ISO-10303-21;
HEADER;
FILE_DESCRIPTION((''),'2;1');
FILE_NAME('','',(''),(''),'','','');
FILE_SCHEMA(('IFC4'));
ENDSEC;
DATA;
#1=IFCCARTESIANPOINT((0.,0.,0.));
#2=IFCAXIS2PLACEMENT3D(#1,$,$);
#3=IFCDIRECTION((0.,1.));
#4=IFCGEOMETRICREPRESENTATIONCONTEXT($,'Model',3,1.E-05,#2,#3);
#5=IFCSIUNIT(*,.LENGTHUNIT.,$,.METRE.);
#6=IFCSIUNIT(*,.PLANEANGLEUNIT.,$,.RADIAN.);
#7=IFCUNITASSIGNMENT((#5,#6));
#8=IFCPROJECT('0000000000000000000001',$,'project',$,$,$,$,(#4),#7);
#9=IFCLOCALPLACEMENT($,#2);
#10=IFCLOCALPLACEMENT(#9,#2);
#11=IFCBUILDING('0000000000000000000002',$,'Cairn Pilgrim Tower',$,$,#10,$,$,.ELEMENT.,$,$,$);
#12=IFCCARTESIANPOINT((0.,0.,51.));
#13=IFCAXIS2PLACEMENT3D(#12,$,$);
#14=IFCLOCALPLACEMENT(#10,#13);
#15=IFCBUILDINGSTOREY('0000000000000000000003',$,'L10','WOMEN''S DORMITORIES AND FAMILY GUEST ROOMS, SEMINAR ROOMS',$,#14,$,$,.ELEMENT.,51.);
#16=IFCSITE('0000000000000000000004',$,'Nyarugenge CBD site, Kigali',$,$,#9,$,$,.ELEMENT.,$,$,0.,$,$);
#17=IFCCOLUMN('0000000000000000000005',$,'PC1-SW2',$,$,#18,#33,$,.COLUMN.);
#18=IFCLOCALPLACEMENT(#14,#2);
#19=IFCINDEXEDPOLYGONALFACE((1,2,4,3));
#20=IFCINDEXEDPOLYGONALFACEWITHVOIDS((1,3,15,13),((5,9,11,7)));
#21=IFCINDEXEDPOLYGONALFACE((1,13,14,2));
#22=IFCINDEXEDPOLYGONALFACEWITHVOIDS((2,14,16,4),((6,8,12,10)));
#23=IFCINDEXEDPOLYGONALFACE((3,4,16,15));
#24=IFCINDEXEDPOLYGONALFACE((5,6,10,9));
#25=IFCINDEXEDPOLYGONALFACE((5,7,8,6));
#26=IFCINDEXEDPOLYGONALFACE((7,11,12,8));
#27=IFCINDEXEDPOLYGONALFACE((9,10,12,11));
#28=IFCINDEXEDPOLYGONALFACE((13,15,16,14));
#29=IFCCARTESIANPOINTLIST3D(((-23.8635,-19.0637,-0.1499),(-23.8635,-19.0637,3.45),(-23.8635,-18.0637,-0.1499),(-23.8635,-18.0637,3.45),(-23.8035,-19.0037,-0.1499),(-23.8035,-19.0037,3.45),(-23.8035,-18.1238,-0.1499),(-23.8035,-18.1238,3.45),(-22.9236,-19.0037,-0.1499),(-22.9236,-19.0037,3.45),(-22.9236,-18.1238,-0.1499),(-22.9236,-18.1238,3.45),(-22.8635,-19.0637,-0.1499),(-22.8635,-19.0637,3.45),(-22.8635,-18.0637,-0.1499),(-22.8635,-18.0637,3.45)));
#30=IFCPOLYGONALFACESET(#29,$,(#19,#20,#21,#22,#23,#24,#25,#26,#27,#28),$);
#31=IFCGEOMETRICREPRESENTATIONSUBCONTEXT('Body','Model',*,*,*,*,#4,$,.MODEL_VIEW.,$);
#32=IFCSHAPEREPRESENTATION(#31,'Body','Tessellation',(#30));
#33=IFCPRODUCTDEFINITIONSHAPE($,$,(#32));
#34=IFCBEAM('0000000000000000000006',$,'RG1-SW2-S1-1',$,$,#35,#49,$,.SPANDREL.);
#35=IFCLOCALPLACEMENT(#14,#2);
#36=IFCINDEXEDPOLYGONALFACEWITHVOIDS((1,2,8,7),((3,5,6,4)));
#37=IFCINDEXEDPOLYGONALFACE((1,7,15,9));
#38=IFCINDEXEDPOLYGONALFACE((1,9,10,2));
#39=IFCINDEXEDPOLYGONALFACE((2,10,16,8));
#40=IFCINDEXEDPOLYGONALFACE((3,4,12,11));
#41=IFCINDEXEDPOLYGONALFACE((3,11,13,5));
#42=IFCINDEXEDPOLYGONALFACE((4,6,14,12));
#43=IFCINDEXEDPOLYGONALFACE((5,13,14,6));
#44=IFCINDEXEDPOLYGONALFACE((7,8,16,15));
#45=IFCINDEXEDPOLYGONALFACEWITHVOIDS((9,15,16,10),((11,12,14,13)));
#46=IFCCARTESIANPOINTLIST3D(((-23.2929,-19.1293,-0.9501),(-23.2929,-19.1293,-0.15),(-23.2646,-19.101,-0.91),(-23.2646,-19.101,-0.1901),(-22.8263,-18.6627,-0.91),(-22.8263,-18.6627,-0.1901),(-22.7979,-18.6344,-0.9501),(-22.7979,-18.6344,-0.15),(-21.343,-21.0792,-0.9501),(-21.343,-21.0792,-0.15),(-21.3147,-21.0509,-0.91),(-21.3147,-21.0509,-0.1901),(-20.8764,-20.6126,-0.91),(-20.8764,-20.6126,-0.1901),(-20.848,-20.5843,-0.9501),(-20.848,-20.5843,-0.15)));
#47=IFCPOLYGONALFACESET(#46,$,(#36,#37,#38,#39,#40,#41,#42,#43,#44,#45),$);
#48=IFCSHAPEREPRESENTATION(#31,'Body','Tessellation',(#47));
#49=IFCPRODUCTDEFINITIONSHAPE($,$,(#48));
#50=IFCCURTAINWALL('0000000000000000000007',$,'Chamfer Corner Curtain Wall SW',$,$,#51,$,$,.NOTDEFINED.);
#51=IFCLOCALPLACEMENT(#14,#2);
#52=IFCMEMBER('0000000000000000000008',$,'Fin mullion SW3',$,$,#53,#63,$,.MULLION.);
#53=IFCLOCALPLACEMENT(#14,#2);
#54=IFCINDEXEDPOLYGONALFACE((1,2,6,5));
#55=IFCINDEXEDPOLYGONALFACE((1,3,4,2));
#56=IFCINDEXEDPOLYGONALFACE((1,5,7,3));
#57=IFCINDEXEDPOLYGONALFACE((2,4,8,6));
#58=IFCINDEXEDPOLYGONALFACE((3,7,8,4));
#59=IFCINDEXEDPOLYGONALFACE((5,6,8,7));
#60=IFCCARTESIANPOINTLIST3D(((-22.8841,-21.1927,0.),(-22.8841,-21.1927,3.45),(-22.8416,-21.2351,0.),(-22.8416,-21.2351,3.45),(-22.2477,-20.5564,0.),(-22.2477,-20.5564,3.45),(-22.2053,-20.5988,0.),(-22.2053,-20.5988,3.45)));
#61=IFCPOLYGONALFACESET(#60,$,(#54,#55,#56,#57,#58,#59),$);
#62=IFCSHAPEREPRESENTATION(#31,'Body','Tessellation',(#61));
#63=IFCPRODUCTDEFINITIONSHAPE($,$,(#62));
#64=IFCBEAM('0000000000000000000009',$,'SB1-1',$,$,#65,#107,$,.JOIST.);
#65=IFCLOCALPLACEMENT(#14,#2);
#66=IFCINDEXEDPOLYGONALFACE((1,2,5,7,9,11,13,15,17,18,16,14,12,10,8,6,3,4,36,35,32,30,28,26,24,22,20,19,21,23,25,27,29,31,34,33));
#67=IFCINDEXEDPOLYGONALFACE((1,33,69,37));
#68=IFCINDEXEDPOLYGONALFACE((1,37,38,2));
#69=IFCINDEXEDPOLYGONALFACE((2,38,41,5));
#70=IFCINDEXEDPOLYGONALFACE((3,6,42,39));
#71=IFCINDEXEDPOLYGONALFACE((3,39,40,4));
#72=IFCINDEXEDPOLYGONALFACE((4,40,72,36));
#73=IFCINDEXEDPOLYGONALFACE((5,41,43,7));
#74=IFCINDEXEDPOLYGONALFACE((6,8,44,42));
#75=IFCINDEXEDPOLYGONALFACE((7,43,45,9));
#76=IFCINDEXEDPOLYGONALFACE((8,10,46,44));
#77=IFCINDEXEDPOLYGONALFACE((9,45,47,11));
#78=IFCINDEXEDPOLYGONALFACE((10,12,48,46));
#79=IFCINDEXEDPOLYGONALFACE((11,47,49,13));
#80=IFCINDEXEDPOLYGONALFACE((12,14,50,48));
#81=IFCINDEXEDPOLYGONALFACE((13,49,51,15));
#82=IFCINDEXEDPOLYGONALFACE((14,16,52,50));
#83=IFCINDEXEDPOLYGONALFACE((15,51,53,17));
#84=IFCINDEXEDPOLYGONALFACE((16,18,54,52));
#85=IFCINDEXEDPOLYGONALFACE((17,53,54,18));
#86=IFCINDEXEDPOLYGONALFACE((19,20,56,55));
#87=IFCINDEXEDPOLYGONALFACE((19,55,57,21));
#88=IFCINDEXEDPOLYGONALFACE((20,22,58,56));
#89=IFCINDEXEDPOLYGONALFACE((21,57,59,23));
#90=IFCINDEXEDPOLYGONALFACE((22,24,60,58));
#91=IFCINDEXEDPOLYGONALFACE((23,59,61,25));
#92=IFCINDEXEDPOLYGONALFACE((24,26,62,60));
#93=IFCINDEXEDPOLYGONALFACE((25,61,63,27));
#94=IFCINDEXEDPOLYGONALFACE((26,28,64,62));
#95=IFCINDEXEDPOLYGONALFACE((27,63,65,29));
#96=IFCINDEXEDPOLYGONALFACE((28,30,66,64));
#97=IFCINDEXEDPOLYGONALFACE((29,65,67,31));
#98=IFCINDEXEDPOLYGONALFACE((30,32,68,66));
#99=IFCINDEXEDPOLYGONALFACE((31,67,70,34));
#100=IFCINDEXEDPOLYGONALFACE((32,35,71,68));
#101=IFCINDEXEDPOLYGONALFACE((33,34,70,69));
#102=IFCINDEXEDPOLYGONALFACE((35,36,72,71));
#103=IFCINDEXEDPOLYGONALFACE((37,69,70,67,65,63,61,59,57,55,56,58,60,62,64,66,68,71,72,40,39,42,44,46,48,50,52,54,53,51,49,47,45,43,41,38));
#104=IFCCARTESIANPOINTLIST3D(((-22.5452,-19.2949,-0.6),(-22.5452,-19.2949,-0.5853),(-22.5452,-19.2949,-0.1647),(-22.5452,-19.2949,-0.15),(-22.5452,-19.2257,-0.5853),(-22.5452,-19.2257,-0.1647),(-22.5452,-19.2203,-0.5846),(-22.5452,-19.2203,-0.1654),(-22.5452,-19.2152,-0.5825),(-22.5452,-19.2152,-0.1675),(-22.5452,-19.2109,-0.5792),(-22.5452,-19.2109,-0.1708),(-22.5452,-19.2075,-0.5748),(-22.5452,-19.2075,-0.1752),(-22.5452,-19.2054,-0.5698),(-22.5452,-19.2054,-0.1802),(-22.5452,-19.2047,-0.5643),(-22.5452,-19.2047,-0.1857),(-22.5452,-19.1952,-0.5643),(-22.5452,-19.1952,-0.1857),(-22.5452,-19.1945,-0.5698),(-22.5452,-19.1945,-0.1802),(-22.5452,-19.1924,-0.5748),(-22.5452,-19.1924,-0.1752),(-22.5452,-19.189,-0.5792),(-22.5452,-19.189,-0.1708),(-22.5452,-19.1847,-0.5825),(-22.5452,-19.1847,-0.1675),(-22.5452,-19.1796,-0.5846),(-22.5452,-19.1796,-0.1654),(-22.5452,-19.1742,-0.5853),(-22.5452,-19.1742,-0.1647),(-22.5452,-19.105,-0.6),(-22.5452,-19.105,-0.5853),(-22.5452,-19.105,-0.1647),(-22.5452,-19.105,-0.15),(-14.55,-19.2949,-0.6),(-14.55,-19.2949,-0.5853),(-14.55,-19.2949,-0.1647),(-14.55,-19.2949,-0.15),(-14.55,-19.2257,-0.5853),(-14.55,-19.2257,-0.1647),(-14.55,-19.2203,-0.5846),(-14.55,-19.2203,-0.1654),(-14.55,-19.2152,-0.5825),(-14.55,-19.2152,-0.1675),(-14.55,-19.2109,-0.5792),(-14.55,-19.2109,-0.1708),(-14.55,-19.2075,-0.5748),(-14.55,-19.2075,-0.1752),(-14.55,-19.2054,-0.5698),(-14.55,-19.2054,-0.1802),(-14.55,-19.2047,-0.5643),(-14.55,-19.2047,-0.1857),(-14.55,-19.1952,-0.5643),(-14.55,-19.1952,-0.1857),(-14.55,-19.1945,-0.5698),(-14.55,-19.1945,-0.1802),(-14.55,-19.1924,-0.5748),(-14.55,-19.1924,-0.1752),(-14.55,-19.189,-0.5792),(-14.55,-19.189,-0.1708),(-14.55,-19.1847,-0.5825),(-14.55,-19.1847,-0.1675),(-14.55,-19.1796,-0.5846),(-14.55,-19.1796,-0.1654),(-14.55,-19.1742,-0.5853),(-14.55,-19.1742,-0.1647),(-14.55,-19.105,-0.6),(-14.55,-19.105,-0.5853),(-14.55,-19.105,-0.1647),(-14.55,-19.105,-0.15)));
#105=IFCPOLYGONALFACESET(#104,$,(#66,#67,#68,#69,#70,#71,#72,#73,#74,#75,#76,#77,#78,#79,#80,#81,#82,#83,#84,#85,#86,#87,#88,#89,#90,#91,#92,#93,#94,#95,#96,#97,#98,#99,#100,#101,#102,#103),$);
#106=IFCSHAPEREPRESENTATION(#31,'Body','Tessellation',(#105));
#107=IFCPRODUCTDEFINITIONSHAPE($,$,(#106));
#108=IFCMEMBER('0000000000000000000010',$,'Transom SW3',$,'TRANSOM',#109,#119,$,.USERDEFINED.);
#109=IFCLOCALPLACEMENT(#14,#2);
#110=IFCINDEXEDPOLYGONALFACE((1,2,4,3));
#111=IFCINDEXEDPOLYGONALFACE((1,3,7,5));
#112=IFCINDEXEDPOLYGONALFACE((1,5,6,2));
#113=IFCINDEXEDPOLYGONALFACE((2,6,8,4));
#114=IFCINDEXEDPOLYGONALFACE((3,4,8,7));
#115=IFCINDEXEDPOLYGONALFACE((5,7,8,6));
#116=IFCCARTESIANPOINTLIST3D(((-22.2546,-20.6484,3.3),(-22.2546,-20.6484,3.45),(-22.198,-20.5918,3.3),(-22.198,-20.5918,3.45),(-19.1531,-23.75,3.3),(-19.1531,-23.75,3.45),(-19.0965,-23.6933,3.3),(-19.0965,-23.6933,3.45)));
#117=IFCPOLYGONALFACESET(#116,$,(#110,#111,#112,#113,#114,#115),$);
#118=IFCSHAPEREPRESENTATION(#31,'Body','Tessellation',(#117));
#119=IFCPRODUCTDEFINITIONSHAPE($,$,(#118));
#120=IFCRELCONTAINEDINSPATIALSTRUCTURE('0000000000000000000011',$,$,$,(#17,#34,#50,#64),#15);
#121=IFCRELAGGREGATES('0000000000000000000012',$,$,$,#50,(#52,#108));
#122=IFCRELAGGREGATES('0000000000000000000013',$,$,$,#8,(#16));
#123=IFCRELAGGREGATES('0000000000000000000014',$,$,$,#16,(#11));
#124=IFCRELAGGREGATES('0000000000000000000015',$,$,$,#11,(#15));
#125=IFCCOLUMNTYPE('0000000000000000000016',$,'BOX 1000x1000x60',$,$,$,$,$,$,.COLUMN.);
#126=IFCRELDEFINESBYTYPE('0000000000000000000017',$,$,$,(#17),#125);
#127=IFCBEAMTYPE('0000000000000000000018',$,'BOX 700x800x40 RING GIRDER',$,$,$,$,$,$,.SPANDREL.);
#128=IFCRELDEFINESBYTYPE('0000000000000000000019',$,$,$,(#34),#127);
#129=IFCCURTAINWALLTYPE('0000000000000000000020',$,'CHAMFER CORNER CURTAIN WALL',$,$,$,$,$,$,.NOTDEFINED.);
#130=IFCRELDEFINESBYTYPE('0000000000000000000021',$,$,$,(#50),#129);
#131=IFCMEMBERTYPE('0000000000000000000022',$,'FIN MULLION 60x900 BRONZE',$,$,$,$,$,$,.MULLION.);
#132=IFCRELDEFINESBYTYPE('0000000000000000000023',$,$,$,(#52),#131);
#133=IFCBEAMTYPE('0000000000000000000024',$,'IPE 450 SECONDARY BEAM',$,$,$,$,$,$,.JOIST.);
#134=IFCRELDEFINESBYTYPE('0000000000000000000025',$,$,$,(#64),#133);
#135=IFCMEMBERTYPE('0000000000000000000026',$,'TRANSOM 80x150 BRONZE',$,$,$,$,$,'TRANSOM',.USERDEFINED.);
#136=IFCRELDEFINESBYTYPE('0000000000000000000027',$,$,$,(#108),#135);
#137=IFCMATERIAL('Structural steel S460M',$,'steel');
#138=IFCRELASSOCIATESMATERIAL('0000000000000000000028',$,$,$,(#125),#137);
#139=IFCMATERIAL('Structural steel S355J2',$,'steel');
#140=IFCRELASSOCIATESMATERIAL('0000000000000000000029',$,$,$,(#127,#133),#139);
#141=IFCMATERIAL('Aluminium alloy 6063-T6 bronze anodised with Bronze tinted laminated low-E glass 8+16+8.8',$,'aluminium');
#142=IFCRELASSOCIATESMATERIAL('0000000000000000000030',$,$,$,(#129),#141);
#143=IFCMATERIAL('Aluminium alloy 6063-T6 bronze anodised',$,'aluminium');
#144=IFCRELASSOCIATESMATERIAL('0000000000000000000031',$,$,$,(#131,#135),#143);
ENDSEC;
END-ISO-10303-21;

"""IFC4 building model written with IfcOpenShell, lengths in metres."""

from ifc_helpers import new_model, si_unit, direction, frame, origin, origin_2d, place, context, subcontext, project, spatial, rectangle, hollow_rectangle, i_section, extrude, material, material_profile, profile_set, type_object, element, aggregate, save


model = new_model("IFC4")

# Units and contexts
model_context = context("Model", 3, precision=1e-05, world=origin(), true_north=direction((0.0, 1.0)))
body_context = subcontext(model_context, "Body", "Model", "MODEL_VIEW")
ifc_project = project(units=[si_unit("LENGTHUNIT", "METRE"), si_unit("PLANEANGLEUNIT", "RADIAN")], contexts=[model_context])

# Site, building, storey
site_placement = place(None, origin())
site = spatial("IfcSite", under=ifc_project, at=site_placement, Name="Nyarugenge CBD site, Kigali", CompositionType="ELEMENT", RefElevation=0.0)
building_placement = place(site_placement, origin())
building = spatial("IfcBuilding", under=site, at=building_placement, Name="Cairn Pilgrim Tower", CompositionType="ELEMENT")
storey_placement = place(building_placement, frame((0.0, 0.0, 51.0)))
storey = spatial("IfcBuildingStorey", under=building, at=storey_placement, Name="L10", Description="WOMEN'S DORMITORIES AND FAMILY GUEST ROOMS, SEMINAR ROOMS", CompositionType="ELEMENT", Elevation=51.0)

# Column
ifc_material_1 = material(Name="Structural steel S460M", Category="steel")
ifc_material_profile_1 = material_profile(ifc_material_1, hollow_rectangle(XDim=1.0, YDim=1.0, WallThickness=0.0601, at=origin_2d()), Name="BOX 1000x1000x60")
ifc_profile_set_1 = profile_set([ifc_material_profile_1], Name="Structural steel S460M")
column_type = type_object("IfcColumnType", Name="BOX 1000x1000x60", PredefinedType="COLUMN", material=ifc_profile_set_1)
column_placement = place(storey_placement, frame((-23.3635, -18.5637, -0.1499), z_axis=(0.0, 0.0, 1.0), x_axis=(1.0, 0.0, 0.0)))
element("IfcColumn", 1, at=column_placement, inside=storey, type_object=column_type, Name="PC1-SW2", PredefinedType="COLUMN", context=body_context, shape_type="SweptSolid", body=[
    extrude(hollow_rectangle(XDim=1.0, YDim=1.0, WallThickness=0.0601, at=origin_2d()), origin(), (0.0, 0.0, 1.0), 3.5999),
])

# Beam
ifc_material_2 = material(Name="Structural steel S355J2", Category="steel")
ifc_material_profile_2 = material_profile(ifc_material_2, hollow_rectangle(XDim=0.7, YDim=0.8, WallThickness=0.04, at=origin_2d()), Name="BOX 700x800x40")
ifc_profile_set_2 = profile_set([ifc_material_profile_2], Name="Structural steel S355J2")
beam_type_1 = type_object("IfcBeamType", Name="BOX 700x800x40 RING GIRDER", PredefinedType="SPANDREL", material=ifc_profile_set_2)
beam_1_placement = place(storey_placement, frame((-23.0454, -18.8818, -0.55), z_axis=(0.707107, -0.707107, 0.0), x_axis=(0.707107, 0.707107, 0.0)))
element("IfcBeam", 2, at=beam_1_placement, inside=storey, type_object=beam_type_1, Name="RG1-SW2-S1-1", PredefinedType="SPANDREL", context=body_context, shape_type="SweptSolid", body=[
    extrude(hollow_rectangle(XDim=0.7, YDim=0.8, WallThickness=0.04, at=origin_2d()), origin(), (0.0, 0.0, 1.0), 2.7576),
])

# Curtain wall, member
ifc_material_3 = material(Name="Aluminium alloy 6063-T6 bronze anodised with Bronze tinted laminated low-E glass 8+16+8.8", Category="aluminium")
curtain_wall_type = type_object("IfcCurtainWallType", Name="CHAMFER CORNER CURTAIN WALL", PredefinedType="NOTDEFINED", material=ifc_material_3)
curtain_wall_placement = place(storey_placement, origin())
curtain_wall = element("IfcCurtainWall", 3, at=curtain_wall_placement, inside=storey, type_object=curtain_wall_type, Name="Chamfer Corner Curtain Wall SW", PredefinedType="NOTDEFINED")
ifc_material_4 = material(Name="Aluminium alloy 6063-T6 bronze anodised", Category="aluminium")
ifc_material_profile_3 = material_profile(ifc_material_4, rectangle(XDim=0.8999, YDim=0.0601, at=origin_2d()), Name="FIN MULLION 60x900 BRONZE")
ifc_profile_set_3 = profile_set([ifc_material_profile_3], Name="Aluminium alloy 6063-T6 bronze anodised")
member_type_1 = type_object("IfcMemberType", Name="FIN MULLION 60x900 BRONZE", PredefinedType="MULLION", material=ifc_profile_set_3)
member_1_placement = place(storey_placement, frame((-22.5447, -20.8958, 0.0), z_axis=(0.0, 0.0, 1.0), x_axis=(-0.707107, -0.707107, 0.0)))
member_1 = element("IfcMember", 4, at=member_1_placement, type_object=member_type_1, Name="Fin mullion SW3", PredefinedType="MULLION", context=body_context, shape_type="SweptSolid", body=[
    extrude(rectangle(XDim=0.8999, YDim=0.0601, at=origin_2d()), origin(), (0.0, 0.0, 1.0), 3.45),
])

# Beam
ifc_material_profile_4 = material_profile(ifc_material_2, i_section(OverallWidth=0.1899, OverallDepth=0.45, WebThickness=0.0095, FlangeThickness=0.0146, FilletRadius=0.021, at=origin_2d()), Name="IPE 450")
ifc_profile_set_4 = profile_set([ifc_material_profile_4], Name="Structural steel S355J2")
beam_type_2 = type_object("IfcBeamType", Name="IPE 450 SECONDARY BEAM", PredefinedType="JOIST", material=ifc_profile_set_4)
beam_2_placement = place(storey_placement, frame((-22.5452, -19.2, -0.375), z_axis=(1.0, 0.0, 0.0), x_axis=(0.0, 1.0, 0.0)))
element("IfcBeam", 5, at=beam_2_placement, inside=storey, type_object=beam_type_2, Name="SB1-1", PredefinedType="JOIST", context=body_context, shape_type="SweptSolid", body=[
    extrude(i_section(OverallWidth=0.1899, OverallDepth=0.45, WebThickness=0.0095, FlangeThickness=0.0146, FilletRadius=0.021, at=origin_2d()), origin(), (0.0, 0.0, 1.0), 7.9951),
])

# Member
ifc_material_profile_5 = material_profile(ifc_material_4, rectangle(XDim=0.0801, YDim=0.1499, at=origin_2d()), Name="TRANSOM 80x150 BRONZE")
ifc_profile_set_5 = profile_set([ifc_material_profile_5], Name="Aluminium alloy 6063-T6 bronze anodised")
member_type_2 = type_object("IfcMemberType", Name="TRANSOM 80x150 BRONZE", ElementType="TRANSOM", PredefinedType="USERDEFINED", material=ifc_profile_set_5)
member_2_placement = place(storey_placement, frame((-22.2263, -20.6201, 3.375), z_axis=(0.707107, -0.707107, 0.0), x_axis=(0.707107, 0.707107, 0.0)))
member_2 = element("IfcMember", 6, at=member_2_placement, type_object=member_type_2, Name="Transom SW3", ObjectType="TRANSOM", PredefinedType="USERDEFINED", context=body_context, shape_type="SweptSolid", body=[
    extrude(rectangle(XDim=0.0801, YDim=0.1499, at=origin_2d()), origin(), (0.0, 0.0, 1.0), 4.3862),
])
aggregate(curtain_wall, [member_1, member_2])

save(model, "model.ifc")
